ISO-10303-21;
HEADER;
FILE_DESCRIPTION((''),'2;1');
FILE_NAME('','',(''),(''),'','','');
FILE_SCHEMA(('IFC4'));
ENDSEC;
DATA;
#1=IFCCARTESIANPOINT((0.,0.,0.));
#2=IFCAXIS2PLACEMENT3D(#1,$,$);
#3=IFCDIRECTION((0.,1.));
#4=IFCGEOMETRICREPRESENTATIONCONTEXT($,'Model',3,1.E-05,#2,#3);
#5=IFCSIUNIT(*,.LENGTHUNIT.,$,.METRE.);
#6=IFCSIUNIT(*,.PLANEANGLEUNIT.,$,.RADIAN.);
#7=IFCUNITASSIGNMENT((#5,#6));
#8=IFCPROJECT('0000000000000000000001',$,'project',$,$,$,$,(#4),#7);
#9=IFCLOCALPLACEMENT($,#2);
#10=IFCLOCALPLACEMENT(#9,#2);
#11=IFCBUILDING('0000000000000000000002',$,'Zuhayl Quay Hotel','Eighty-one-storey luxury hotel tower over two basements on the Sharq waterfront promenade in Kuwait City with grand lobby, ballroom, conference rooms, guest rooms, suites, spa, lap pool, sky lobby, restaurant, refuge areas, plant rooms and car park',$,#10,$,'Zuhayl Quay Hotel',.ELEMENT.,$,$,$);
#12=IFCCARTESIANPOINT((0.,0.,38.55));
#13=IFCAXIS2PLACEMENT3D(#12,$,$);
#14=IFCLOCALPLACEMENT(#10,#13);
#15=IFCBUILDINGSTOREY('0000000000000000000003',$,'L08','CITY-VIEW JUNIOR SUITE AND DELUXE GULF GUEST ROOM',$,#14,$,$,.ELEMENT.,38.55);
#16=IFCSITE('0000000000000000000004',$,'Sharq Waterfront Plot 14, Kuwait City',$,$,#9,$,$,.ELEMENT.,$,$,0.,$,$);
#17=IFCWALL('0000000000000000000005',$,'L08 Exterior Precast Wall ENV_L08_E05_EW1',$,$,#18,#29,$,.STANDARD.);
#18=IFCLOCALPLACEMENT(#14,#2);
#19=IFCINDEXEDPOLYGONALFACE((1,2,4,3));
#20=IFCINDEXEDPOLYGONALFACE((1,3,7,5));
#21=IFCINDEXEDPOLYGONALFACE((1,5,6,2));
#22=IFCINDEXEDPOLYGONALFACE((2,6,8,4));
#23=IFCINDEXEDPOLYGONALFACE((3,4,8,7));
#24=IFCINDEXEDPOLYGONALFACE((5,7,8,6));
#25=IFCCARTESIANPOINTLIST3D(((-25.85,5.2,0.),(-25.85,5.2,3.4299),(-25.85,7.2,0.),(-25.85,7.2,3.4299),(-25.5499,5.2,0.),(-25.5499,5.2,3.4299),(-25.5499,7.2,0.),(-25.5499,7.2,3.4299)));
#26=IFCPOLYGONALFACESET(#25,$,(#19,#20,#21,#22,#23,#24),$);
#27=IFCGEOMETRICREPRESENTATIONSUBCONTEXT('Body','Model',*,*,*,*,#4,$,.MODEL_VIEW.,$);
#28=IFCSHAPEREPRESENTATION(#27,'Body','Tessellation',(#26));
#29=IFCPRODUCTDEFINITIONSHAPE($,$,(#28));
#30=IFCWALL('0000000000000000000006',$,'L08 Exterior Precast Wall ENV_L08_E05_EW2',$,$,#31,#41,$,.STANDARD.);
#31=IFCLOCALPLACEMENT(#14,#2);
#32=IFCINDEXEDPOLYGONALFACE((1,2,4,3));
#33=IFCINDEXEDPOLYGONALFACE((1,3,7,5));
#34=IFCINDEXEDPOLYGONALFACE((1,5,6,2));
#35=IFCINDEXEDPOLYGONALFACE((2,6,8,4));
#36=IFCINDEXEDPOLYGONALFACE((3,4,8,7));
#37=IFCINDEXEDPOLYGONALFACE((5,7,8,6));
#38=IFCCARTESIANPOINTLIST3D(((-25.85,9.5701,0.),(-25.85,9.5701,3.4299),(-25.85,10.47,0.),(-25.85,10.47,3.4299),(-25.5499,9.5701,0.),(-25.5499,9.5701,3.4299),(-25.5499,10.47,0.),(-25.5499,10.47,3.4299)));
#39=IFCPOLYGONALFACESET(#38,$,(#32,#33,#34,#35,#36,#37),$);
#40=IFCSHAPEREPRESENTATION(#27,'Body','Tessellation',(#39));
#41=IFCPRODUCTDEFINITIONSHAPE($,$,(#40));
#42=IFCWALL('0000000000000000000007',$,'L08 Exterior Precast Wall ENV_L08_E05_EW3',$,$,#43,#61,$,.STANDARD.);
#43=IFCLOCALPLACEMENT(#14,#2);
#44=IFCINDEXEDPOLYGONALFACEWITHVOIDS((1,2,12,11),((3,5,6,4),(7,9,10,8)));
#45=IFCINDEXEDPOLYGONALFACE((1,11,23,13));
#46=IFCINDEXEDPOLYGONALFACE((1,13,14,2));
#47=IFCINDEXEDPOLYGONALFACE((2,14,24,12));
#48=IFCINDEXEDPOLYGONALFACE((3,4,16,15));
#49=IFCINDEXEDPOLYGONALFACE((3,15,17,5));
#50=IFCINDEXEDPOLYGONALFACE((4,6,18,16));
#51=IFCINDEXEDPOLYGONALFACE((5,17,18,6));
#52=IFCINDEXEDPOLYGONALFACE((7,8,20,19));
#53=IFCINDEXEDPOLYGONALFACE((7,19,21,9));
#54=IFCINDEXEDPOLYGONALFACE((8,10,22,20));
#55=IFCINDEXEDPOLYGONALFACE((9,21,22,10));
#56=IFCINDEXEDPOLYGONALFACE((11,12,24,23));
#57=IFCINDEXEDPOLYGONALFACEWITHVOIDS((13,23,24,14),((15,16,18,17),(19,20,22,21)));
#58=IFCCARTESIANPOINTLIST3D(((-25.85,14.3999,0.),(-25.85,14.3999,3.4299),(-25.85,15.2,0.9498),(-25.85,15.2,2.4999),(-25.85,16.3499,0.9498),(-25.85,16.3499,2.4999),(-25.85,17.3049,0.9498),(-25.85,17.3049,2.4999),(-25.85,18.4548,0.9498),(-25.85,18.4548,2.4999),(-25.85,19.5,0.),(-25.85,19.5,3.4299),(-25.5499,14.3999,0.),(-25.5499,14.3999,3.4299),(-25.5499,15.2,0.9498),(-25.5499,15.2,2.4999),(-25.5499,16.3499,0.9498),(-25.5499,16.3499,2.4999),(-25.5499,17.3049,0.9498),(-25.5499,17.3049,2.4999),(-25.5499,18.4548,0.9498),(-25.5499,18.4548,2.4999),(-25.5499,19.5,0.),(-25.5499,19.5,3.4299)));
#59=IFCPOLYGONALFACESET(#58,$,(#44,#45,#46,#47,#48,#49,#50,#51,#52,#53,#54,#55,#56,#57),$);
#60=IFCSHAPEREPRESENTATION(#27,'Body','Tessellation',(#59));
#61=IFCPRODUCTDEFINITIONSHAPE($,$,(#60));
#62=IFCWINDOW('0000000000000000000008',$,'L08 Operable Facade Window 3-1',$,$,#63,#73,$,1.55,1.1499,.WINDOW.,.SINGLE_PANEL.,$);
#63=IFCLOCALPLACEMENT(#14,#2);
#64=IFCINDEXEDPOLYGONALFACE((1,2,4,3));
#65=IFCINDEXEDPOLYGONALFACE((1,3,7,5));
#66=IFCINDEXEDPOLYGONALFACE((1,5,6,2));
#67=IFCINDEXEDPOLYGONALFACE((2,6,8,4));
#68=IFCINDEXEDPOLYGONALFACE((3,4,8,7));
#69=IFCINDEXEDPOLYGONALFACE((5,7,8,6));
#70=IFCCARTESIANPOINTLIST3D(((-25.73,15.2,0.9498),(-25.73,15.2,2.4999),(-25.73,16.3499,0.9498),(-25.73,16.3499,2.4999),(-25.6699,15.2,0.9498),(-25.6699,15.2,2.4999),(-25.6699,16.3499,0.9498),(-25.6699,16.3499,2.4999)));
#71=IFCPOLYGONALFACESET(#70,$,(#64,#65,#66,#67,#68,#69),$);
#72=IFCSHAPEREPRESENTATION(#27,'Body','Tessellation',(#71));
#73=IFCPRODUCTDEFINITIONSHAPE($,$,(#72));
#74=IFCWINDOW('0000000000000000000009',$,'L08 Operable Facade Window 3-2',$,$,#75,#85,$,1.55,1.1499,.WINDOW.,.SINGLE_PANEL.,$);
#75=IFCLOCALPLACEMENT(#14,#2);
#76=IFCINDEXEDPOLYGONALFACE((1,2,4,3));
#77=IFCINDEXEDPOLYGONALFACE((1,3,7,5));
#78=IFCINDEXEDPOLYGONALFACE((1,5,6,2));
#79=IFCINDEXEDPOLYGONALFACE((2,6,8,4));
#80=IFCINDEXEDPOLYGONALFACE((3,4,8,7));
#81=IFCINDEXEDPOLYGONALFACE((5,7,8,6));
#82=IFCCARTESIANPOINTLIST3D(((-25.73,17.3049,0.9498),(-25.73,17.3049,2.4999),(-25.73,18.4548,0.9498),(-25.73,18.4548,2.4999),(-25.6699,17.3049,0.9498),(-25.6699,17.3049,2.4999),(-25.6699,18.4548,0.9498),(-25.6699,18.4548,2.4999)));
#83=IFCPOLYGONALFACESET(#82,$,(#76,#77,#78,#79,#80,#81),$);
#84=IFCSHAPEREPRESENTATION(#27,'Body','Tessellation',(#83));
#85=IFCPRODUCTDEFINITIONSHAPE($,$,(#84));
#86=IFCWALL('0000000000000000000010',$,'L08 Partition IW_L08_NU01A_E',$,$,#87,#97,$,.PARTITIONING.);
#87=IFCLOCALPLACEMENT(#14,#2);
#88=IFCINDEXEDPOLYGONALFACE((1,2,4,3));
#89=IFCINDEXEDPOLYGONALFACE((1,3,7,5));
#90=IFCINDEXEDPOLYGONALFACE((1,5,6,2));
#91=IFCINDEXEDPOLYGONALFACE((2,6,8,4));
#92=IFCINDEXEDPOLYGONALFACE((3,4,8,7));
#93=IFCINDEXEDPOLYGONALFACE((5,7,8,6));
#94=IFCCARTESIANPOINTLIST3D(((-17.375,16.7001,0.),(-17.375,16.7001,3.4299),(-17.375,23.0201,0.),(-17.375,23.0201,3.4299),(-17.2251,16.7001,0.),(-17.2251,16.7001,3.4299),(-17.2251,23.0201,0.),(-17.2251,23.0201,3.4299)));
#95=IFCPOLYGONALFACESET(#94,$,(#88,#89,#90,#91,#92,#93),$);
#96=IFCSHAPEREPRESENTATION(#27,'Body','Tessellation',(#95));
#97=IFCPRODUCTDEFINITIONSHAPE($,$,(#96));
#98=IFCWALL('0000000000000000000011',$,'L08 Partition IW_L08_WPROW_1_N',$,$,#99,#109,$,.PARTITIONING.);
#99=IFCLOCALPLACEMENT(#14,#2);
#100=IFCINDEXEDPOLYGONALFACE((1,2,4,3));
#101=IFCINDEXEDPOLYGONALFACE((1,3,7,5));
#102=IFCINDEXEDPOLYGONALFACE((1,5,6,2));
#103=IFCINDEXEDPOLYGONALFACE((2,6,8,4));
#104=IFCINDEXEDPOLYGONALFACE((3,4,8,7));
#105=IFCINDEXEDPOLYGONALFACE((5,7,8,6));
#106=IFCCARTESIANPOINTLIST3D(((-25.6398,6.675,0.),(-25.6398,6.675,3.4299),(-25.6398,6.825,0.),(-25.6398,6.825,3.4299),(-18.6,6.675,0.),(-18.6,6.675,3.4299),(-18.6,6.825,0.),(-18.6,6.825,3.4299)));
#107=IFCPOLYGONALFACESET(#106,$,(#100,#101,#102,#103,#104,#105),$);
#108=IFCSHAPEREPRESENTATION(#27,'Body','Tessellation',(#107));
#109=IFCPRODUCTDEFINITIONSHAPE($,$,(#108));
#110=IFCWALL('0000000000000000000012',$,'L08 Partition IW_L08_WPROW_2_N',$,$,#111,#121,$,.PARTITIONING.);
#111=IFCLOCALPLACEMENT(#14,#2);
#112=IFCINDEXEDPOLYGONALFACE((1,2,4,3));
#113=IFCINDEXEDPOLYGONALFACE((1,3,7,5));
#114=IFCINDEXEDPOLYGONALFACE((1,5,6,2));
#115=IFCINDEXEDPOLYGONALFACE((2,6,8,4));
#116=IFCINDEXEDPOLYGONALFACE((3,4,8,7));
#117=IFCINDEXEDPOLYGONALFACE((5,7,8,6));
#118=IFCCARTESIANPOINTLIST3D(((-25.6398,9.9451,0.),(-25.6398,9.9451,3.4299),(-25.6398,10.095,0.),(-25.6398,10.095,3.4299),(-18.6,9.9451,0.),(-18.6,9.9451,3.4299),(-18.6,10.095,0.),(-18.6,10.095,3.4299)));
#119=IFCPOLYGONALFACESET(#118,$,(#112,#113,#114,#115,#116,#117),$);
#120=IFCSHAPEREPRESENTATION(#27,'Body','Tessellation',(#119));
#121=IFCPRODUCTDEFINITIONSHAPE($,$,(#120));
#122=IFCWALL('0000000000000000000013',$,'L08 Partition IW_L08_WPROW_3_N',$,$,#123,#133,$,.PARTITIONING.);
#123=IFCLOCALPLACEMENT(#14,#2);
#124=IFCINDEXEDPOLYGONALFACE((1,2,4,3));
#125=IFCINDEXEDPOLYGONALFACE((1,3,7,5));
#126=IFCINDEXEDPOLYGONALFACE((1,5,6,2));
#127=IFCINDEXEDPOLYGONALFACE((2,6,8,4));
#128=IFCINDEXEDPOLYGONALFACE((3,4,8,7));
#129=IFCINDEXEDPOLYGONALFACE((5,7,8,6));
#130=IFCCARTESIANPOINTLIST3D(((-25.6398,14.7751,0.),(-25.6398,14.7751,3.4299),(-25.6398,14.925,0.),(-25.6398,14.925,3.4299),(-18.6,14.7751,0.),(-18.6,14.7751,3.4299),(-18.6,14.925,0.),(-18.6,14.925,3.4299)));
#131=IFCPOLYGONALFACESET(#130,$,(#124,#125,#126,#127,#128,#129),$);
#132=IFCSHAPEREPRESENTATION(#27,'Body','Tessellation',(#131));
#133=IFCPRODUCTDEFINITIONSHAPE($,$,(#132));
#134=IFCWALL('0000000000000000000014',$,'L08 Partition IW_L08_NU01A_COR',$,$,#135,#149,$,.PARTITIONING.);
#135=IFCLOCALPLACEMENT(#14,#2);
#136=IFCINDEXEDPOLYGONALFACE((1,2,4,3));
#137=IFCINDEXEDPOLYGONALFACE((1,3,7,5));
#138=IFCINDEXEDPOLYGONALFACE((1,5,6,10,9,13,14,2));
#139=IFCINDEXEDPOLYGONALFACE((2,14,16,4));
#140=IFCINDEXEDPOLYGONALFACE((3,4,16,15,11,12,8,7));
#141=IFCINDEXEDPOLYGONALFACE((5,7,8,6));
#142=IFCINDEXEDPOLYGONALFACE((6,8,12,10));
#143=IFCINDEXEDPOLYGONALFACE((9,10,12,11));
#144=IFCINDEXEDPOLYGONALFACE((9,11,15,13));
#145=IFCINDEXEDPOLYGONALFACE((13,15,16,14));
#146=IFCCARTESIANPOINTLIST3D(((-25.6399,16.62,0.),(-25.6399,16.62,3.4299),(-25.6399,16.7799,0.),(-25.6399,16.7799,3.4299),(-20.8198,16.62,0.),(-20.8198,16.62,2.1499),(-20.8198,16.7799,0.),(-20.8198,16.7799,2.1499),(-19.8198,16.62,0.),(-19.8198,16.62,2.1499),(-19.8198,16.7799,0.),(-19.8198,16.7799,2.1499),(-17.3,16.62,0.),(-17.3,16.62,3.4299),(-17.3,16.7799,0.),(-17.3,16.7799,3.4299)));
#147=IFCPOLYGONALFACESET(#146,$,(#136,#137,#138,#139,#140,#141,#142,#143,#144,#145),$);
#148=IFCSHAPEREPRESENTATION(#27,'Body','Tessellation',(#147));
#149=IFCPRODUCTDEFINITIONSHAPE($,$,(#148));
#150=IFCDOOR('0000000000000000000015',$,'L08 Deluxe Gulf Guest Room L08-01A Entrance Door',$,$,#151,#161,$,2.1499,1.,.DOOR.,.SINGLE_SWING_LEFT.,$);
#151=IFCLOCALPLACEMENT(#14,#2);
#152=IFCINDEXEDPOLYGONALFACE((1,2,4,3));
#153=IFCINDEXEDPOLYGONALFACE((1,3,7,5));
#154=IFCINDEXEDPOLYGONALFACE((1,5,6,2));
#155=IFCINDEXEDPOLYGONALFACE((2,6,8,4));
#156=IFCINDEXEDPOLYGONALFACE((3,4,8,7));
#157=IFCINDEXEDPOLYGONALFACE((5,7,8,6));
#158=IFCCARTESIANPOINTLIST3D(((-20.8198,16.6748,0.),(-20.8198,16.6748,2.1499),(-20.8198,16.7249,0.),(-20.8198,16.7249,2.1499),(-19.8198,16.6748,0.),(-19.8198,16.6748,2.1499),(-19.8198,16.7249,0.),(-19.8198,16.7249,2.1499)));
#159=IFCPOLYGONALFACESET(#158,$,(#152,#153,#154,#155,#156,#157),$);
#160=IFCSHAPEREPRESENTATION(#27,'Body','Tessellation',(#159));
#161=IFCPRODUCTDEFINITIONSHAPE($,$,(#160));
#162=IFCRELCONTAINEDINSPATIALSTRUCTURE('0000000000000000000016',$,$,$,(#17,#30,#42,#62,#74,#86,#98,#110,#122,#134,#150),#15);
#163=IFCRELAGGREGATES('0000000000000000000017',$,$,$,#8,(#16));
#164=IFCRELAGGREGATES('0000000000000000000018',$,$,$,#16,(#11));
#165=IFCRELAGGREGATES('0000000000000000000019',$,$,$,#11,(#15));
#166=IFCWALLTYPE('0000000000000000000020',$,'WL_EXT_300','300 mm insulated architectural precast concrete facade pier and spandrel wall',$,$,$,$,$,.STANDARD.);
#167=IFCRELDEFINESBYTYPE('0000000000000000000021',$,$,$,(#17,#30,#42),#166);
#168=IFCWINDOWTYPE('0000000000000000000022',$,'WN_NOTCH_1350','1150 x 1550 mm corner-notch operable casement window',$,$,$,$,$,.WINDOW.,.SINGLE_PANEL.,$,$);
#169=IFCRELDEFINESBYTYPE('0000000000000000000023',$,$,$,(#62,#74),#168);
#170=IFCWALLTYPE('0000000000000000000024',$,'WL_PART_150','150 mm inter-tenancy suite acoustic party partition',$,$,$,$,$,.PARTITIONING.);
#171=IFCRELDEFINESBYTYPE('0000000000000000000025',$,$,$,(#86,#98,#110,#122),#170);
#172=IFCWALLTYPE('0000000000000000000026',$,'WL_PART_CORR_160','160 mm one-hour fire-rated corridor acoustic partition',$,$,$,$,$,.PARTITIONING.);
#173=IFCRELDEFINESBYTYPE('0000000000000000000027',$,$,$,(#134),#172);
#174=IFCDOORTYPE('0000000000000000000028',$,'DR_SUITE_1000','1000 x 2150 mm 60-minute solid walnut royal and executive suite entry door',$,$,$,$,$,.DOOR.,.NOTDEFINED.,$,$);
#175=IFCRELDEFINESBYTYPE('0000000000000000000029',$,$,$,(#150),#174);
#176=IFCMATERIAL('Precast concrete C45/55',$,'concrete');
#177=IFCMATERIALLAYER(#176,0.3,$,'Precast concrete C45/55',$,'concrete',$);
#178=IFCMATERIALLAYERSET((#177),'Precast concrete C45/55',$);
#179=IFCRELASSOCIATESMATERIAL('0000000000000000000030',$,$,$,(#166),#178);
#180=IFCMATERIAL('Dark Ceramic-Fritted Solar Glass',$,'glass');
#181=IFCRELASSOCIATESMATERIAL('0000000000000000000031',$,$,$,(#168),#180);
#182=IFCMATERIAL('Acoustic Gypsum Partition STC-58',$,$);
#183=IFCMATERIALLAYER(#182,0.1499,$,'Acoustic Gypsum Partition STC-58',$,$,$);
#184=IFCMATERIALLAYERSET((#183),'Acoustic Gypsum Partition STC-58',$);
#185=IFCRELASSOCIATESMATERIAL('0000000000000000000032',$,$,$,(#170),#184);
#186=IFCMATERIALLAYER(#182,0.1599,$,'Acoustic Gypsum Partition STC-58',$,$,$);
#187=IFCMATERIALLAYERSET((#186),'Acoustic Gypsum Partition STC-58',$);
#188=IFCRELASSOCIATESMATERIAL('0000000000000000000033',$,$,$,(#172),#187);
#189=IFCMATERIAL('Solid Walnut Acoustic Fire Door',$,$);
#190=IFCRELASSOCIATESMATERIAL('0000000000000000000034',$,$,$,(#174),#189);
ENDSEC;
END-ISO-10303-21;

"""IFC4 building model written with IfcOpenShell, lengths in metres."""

from ifc_helpers import new_model, si_unit, direction, frame, frame_2d, origin, place, context, subcontext, project, spatial, rectangle, extrude, material, layer, layer_set, type_object, element, fill, save


model = new_model("IFC4")

# Units and contexts
model_context = context("Model", 3, precision=1e-05, world=origin(), true_north=direction((0.0, 1.0)))
body_context = subcontext(model_context, "Body", "Model", "MODEL_VIEW")
ifc_project = project(units=[si_unit("LENGTHUNIT", "METRE"), si_unit("PLANEANGLEUNIT", "RADIAN")], contexts=[model_context])

# Site, building, storey
site_placement = place(None, origin())
site = spatial("IfcSite", under=ifc_project, at=site_placement, Name="Sharq Waterfront Plot 14, Kuwait City", CompositionType="ELEMENT", RefElevation=0.0)
building_placement = place(site_placement, origin())
building = spatial("IfcBuilding", under=site, at=building_placement, Name="Zuhayl Quay Hotel", Description="Eighty-one-storey luxury hotel tower over two basements on the Sharq waterfront promenade in Kuwait City with grand lobby, ballroom, conference rooms, guest rooms, suites, spa, lap pool, sky lobby, restaurant, refuge areas, plant rooms and car park", LongName="Zuhayl Quay Hotel", CompositionType="ELEMENT")
storey_placement = place(building_placement, frame((0.0, 0.0, 38.55)))
storey = spatial("IfcBuildingStorey", under=building, at=storey_placement, Name="L08", Description="CITY-VIEW JUNIOR SUITE AND DELUXE GULF GUEST ROOM", CompositionType="ELEMENT", Elevation=38.55)

# Shared definitions
ifc_material_1 = material(Name="Dark Ceramic-Fritted Solar Glass", Category="glass")

# Walls
ifc_material_2 = material(Name="Precast concrete C45/55", Category="concrete")
ifc_layer_1 = layer(ifc_material_2, 0.3, Name="Precast concrete C45/55", Category="concrete")
ifc_layer_set_1 = layer_set([ifc_layer_1], Name="Precast concrete C45/55")
wall_type_1 = type_object("IfcWallType", Name="WL_EXT_300", Description="300 mm insulated architectural precast concrete facade pier and spandrel wall", PredefinedType="STANDARD", material=ifc_layer_set_1)
wall_1_placement = place(storey_placement, frame((-25.7, 5.2, 0.0), z_axis=(0.0, 0.0, 1.0), x_axis=(0.0, 1.0, 0.0)))
element("IfcWall", 1, at=wall_1_placement, inside=storey, type_object=wall_type_1, Name="L08 Exterior Precast Wall ENV_L08_E05_EW1", PredefinedType="STANDARD", context=body_context, shape_type="SweptSolid", body=[
    extrude(rectangle(XDim=2.0, YDim=0.3, at=frame_2d((1.0, 0.0))), origin(), (0.0, 0.0, 1.0), 3.4299),
])
wall_2_placement = place(storey_placement, frame((-25.7, 9.5701, 0.0), z_axis=(0.0, 0.0, 1.0), x_axis=(0.0, 1.0, 0.0)))
element("IfcWall", 2, at=wall_2_placement, inside=storey, type_object=wall_type_1, Name="L08 Exterior Precast Wall ENV_L08_E05_EW2", PredefinedType="STANDARD", context=body_context, shape_type="SweptSolid", body=[
    extrude(rectangle(XDim=0.8999, YDim=0.3, at=frame_2d((0.45, 0.0))), origin(), (0.0, 0.0, 1.0), 3.4299),
])

# Wall, openings, windows
wall_3_placement = place(storey_placement, frame((-25.7, 14.3999, 0.0), z_axis=(0.0, 0.0, 1.0), x_axis=(0.0, 1.0, 0.0)))
wall_3 = element("IfcWall", 3, at=wall_3_placement, inside=storey, type_object=wall_type_1, Name="L08 Exterior Precast Wall ENV_L08_E05_EW3", PredefinedType="STANDARD", context=body_context, shape_type="SweptSolid", body=[
    extrude(rectangle(XDim=5.1001, YDim=0.3, at=frame_2d((2.55, 0.0))), origin(), (0.0, 0.0, 1.0), 3.4299),
])
opening_1_placement = place(wall_3_placement, frame((0.8, 0.0, 0.95)))
opening_1 = element("IfcOpeningElement", 4, at=opening_1_placement, cuts=wall_3, PredefinedType="OPENING", context=body_context, shape_type="SweptSolid", body=[
    extrude(rectangle(XDim=1.1499, YDim=1.55, at=frame_2d((0.575, 0.7749))), frame((0.0, 0.1599, 0.0), z_axis=(0.0, -1.0, 0.0), x_axis=(1.0, 0.0, 0.0)), (0.0, 0.0, 1.0), 0.3201),
])
opening_2_placement = place(wall_3_placement, frame((2.905, 0.0, 0.95)))
opening_2 = element("IfcOpeningElement", 5, at=opening_2_placement, cuts=wall_3, PredefinedType="OPENING", context=body_context, shape_type="SweptSolid", body=[
    extrude(rectangle(XDim=1.1499, YDim=1.55, at=frame_2d((0.575, 0.7749))), frame((0.0, 0.1599, 0.0), z_axis=(0.0, -1.0, 0.0), x_axis=(1.0, 0.0, 0.0)), (0.0, 0.0, 1.0), 0.3201),
])
window_type = type_object("IfcWindowType", Name="WN_NOTCH_1350", Description="1150 x 1550 mm corner-notch operable casement window", PartitioningType="SINGLE_PANEL", PredefinedType="WINDOW", material=ifc_material_1)
window_1_placement = place(opening_1_placement, origin())
window_1 = element("IfcWindow", 6, at=window_1_placement, inside=storey, type_object=window_type, Name="L08 Operable Facade Window 3-1", OverallHeight=1.55, OverallWidth=1.1499, PartitioningType="SINGLE_PANEL", PredefinedType="WINDOW", context=body_context, shape_type="SweptSolid", body=[
    extrude(rectangle(XDim=1.1499, YDim=1.55, at=frame_2d((0.575, 0.7749))), frame((0.0, 0.03, 0.0), z_axis=(0.0, -1.0, 0.0), x_axis=(1.0, 0.0, 0.0)), (0.0, 0.0, 1.0), 0.0601),
])
fill(opening_1, window_1)
window_2_placement = place(opening_2_placement, origin())
window_2 = element("IfcWindow", 7, at=window_2_placement, inside=storey, type_object=window_type, Name="L08 Operable Facade Window 3-2", OverallHeight=1.55, OverallWidth=1.1499, PartitioningType="SINGLE_PANEL", PredefinedType="WINDOW", context=body_context, shape_type="SweptSolid", body=[
    extrude(rectangle(XDim=1.1499, YDim=1.55, at=frame_2d((0.575, 0.7749))), frame((0.0, 0.03, 0.0), z_axis=(0.0, -1.0, 0.0), x_axis=(1.0, 0.0, 0.0)), (0.0, 0.0, 1.0), 0.0601),
])
fill(opening_2, window_2)

# Walls
ifc_material_3 = material(Name="Acoustic Gypsum Partition STC-58")
ifc_layer_2 = layer(ifc_material_3, 0.1499, Name="Acoustic Gypsum Partition STC-58")
ifc_layer_set_2 = layer_set([ifc_layer_2], Name="Acoustic Gypsum Partition STC-58")
wall_type_2 = type_object("IfcWallType", Name="WL_PART_150", Description="150 mm inter-tenancy suite acoustic party partition", PredefinedType="PARTITIONING", material=ifc_layer_set_2)
wall_4_placement = place(storey_placement, frame((-17.3, 16.7, 0.0), z_axis=(0.0, 0.0, 1.0), x_axis=(0.0, 1.0, 0.0)))
element("IfcWall", 8, at=wall_4_placement, inside=storey, type_object=wall_type_2, Name="L08 Partition IW_L08_NU01A_E", PredefinedType="PARTITIONING", context=body_context, shape_type="SweptSolid", body=[
    extrude(rectangle(XDim=6.3201, YDim=0.1499, at=frame_2d((3.1602, 0.0))), origin(), (0.0, 0.0, 1.0), 3.4299),
])
for number, where, z_axis, x_axis, name in (
    (9, (-25.6399, 6.75, 0.0), (0.0, 0.0, 1.0), (1.0, 0.0, 0.0), "L08 Partition IW_L08_WPROW_1_N"),
    (10, (-25.6399, 10.02, 0.0), (0.0, 0.0, 1.0), (1.0, 0.0, 0.0), "L08 Partition IW_L08_WPROW_2_N"),
    (11, (-25.6399, 14.8501, 0.0), (0.0, 0.0, 1.0), (1.0, 0.0, 0.0), "L08 Partition IW_L08_WPROW_3_N"),
):
    element("IfcWall", number, at=place(storey_placement, frame(where, z_axis=z_axis, x_axis=x_axis)), inside=storey, type_object=wall_type_2, Name=name, PredefinedType="PARTITIONING", context=body_context, shape_type="SweptSolid", body=[
        extrude(rectangle(XDim=7.0398, YDim=0.1499, at=frame_2d((3.52, 0.0))), origin(), (0.0, 0.0, 1.0), 3.4299),
    ])

# Wall, opening, door
ifc_layer_3 = layer(ifc_material_3, 0.1599, Name="Acoustic Gypsum Partition STC-58")
ifc_layer_set_3 = layer_set([ifc_layer_3], Name="Acoustic Gypsum Partition STC-58")
wall_type_3 = type_object("IfcWallType", Name="WL_PART_CORR_160", Description="160 mm one-hour fire-rated corridor acoustic partition", PredefinedType="PARTITIONING", material=ifc_layer_set_3)
wall_5_placement = place(storey_placement, frame((-25.6399, 16.7, 0.0), z_axis=(0.0, 0.0, 1.0), x_axis=(1.0, 0.0, 0.0)))
wall_5 = element("IfcWall", 12, at=wall_5_placement, inside=storey, type_object=wall_type_3, Name="L08 Partition IW_L08_NU01A_COR", PredefinedType="PARTITIONING", context=body_context, shape_type="SweptSolid", body=[
    extrude(rectangle(XDim=8.3398, YDim=0.1599, at=frame_2d((4.1699, 0.0))), origin(), (0.0, 0.0, 1.0), 3.4299),
])
opening_3_placement = place(wall_5_placement, frame((4.8201, 0.0, 0.0)))
opening_3 = element("IfcOpeningElement", 13, at=opening_3_placement, cuts=wall_5, PredefinedType="OPENING", context=body_context, shape_type="SweptSolid", body=[
    extrude(rectangle(XDim=1.0, YDim=2.1499, at=frame_2d((0.5, 1.075))), frame((0.0, 0.0898, 0.0), z_axis=(0.0, -1.0, 0.0), x_axis=(1.0, 0.0, 0.0)), (0.0, 0.0, 1.0), 0.1799),
])
ifc_material_4 = material(Name="Solid Walnut Acoustic Fire Door")
door_type_1 = type_object("IfcDoorType", Name="DR_SUITE_1000", Description="1000 x 2150 mm 60-minute solid walnut royal and executive suite entry door", OperationType="NOTDEFINED", PredefinedType="DOOR", material=ifc_material_4)
door_1_placement = place(opening_3_placement, origin())
door_1 = element("IfcDoor", 14, at=door_1_placement, inside=storey, type_object=door_type_1, Name="L08 Deluxe Gulf Guest Room L08-01A Entrance Door", OperationType="SINGLE_SWING_LEFT", OverallHeight=2.1499, OverallWidth=1.0, PredefinedType="DOOR", context=body_context, shape_type="SweptSolid", body=[
    extrude(rectangle(XDim=1.0, YDim=2.1499, at=frame_2d((0.5, 1.075))), frame((0.0, 0.0249, 0.0), z_axis=(0.0, -1.0, 0.0), x_axis=(1.0, 0.0, 0.0)), (0.0, 0.0, 1.0), 0.05),
])
fill(opening_3, door_1)

save(model, "model.ifc")
